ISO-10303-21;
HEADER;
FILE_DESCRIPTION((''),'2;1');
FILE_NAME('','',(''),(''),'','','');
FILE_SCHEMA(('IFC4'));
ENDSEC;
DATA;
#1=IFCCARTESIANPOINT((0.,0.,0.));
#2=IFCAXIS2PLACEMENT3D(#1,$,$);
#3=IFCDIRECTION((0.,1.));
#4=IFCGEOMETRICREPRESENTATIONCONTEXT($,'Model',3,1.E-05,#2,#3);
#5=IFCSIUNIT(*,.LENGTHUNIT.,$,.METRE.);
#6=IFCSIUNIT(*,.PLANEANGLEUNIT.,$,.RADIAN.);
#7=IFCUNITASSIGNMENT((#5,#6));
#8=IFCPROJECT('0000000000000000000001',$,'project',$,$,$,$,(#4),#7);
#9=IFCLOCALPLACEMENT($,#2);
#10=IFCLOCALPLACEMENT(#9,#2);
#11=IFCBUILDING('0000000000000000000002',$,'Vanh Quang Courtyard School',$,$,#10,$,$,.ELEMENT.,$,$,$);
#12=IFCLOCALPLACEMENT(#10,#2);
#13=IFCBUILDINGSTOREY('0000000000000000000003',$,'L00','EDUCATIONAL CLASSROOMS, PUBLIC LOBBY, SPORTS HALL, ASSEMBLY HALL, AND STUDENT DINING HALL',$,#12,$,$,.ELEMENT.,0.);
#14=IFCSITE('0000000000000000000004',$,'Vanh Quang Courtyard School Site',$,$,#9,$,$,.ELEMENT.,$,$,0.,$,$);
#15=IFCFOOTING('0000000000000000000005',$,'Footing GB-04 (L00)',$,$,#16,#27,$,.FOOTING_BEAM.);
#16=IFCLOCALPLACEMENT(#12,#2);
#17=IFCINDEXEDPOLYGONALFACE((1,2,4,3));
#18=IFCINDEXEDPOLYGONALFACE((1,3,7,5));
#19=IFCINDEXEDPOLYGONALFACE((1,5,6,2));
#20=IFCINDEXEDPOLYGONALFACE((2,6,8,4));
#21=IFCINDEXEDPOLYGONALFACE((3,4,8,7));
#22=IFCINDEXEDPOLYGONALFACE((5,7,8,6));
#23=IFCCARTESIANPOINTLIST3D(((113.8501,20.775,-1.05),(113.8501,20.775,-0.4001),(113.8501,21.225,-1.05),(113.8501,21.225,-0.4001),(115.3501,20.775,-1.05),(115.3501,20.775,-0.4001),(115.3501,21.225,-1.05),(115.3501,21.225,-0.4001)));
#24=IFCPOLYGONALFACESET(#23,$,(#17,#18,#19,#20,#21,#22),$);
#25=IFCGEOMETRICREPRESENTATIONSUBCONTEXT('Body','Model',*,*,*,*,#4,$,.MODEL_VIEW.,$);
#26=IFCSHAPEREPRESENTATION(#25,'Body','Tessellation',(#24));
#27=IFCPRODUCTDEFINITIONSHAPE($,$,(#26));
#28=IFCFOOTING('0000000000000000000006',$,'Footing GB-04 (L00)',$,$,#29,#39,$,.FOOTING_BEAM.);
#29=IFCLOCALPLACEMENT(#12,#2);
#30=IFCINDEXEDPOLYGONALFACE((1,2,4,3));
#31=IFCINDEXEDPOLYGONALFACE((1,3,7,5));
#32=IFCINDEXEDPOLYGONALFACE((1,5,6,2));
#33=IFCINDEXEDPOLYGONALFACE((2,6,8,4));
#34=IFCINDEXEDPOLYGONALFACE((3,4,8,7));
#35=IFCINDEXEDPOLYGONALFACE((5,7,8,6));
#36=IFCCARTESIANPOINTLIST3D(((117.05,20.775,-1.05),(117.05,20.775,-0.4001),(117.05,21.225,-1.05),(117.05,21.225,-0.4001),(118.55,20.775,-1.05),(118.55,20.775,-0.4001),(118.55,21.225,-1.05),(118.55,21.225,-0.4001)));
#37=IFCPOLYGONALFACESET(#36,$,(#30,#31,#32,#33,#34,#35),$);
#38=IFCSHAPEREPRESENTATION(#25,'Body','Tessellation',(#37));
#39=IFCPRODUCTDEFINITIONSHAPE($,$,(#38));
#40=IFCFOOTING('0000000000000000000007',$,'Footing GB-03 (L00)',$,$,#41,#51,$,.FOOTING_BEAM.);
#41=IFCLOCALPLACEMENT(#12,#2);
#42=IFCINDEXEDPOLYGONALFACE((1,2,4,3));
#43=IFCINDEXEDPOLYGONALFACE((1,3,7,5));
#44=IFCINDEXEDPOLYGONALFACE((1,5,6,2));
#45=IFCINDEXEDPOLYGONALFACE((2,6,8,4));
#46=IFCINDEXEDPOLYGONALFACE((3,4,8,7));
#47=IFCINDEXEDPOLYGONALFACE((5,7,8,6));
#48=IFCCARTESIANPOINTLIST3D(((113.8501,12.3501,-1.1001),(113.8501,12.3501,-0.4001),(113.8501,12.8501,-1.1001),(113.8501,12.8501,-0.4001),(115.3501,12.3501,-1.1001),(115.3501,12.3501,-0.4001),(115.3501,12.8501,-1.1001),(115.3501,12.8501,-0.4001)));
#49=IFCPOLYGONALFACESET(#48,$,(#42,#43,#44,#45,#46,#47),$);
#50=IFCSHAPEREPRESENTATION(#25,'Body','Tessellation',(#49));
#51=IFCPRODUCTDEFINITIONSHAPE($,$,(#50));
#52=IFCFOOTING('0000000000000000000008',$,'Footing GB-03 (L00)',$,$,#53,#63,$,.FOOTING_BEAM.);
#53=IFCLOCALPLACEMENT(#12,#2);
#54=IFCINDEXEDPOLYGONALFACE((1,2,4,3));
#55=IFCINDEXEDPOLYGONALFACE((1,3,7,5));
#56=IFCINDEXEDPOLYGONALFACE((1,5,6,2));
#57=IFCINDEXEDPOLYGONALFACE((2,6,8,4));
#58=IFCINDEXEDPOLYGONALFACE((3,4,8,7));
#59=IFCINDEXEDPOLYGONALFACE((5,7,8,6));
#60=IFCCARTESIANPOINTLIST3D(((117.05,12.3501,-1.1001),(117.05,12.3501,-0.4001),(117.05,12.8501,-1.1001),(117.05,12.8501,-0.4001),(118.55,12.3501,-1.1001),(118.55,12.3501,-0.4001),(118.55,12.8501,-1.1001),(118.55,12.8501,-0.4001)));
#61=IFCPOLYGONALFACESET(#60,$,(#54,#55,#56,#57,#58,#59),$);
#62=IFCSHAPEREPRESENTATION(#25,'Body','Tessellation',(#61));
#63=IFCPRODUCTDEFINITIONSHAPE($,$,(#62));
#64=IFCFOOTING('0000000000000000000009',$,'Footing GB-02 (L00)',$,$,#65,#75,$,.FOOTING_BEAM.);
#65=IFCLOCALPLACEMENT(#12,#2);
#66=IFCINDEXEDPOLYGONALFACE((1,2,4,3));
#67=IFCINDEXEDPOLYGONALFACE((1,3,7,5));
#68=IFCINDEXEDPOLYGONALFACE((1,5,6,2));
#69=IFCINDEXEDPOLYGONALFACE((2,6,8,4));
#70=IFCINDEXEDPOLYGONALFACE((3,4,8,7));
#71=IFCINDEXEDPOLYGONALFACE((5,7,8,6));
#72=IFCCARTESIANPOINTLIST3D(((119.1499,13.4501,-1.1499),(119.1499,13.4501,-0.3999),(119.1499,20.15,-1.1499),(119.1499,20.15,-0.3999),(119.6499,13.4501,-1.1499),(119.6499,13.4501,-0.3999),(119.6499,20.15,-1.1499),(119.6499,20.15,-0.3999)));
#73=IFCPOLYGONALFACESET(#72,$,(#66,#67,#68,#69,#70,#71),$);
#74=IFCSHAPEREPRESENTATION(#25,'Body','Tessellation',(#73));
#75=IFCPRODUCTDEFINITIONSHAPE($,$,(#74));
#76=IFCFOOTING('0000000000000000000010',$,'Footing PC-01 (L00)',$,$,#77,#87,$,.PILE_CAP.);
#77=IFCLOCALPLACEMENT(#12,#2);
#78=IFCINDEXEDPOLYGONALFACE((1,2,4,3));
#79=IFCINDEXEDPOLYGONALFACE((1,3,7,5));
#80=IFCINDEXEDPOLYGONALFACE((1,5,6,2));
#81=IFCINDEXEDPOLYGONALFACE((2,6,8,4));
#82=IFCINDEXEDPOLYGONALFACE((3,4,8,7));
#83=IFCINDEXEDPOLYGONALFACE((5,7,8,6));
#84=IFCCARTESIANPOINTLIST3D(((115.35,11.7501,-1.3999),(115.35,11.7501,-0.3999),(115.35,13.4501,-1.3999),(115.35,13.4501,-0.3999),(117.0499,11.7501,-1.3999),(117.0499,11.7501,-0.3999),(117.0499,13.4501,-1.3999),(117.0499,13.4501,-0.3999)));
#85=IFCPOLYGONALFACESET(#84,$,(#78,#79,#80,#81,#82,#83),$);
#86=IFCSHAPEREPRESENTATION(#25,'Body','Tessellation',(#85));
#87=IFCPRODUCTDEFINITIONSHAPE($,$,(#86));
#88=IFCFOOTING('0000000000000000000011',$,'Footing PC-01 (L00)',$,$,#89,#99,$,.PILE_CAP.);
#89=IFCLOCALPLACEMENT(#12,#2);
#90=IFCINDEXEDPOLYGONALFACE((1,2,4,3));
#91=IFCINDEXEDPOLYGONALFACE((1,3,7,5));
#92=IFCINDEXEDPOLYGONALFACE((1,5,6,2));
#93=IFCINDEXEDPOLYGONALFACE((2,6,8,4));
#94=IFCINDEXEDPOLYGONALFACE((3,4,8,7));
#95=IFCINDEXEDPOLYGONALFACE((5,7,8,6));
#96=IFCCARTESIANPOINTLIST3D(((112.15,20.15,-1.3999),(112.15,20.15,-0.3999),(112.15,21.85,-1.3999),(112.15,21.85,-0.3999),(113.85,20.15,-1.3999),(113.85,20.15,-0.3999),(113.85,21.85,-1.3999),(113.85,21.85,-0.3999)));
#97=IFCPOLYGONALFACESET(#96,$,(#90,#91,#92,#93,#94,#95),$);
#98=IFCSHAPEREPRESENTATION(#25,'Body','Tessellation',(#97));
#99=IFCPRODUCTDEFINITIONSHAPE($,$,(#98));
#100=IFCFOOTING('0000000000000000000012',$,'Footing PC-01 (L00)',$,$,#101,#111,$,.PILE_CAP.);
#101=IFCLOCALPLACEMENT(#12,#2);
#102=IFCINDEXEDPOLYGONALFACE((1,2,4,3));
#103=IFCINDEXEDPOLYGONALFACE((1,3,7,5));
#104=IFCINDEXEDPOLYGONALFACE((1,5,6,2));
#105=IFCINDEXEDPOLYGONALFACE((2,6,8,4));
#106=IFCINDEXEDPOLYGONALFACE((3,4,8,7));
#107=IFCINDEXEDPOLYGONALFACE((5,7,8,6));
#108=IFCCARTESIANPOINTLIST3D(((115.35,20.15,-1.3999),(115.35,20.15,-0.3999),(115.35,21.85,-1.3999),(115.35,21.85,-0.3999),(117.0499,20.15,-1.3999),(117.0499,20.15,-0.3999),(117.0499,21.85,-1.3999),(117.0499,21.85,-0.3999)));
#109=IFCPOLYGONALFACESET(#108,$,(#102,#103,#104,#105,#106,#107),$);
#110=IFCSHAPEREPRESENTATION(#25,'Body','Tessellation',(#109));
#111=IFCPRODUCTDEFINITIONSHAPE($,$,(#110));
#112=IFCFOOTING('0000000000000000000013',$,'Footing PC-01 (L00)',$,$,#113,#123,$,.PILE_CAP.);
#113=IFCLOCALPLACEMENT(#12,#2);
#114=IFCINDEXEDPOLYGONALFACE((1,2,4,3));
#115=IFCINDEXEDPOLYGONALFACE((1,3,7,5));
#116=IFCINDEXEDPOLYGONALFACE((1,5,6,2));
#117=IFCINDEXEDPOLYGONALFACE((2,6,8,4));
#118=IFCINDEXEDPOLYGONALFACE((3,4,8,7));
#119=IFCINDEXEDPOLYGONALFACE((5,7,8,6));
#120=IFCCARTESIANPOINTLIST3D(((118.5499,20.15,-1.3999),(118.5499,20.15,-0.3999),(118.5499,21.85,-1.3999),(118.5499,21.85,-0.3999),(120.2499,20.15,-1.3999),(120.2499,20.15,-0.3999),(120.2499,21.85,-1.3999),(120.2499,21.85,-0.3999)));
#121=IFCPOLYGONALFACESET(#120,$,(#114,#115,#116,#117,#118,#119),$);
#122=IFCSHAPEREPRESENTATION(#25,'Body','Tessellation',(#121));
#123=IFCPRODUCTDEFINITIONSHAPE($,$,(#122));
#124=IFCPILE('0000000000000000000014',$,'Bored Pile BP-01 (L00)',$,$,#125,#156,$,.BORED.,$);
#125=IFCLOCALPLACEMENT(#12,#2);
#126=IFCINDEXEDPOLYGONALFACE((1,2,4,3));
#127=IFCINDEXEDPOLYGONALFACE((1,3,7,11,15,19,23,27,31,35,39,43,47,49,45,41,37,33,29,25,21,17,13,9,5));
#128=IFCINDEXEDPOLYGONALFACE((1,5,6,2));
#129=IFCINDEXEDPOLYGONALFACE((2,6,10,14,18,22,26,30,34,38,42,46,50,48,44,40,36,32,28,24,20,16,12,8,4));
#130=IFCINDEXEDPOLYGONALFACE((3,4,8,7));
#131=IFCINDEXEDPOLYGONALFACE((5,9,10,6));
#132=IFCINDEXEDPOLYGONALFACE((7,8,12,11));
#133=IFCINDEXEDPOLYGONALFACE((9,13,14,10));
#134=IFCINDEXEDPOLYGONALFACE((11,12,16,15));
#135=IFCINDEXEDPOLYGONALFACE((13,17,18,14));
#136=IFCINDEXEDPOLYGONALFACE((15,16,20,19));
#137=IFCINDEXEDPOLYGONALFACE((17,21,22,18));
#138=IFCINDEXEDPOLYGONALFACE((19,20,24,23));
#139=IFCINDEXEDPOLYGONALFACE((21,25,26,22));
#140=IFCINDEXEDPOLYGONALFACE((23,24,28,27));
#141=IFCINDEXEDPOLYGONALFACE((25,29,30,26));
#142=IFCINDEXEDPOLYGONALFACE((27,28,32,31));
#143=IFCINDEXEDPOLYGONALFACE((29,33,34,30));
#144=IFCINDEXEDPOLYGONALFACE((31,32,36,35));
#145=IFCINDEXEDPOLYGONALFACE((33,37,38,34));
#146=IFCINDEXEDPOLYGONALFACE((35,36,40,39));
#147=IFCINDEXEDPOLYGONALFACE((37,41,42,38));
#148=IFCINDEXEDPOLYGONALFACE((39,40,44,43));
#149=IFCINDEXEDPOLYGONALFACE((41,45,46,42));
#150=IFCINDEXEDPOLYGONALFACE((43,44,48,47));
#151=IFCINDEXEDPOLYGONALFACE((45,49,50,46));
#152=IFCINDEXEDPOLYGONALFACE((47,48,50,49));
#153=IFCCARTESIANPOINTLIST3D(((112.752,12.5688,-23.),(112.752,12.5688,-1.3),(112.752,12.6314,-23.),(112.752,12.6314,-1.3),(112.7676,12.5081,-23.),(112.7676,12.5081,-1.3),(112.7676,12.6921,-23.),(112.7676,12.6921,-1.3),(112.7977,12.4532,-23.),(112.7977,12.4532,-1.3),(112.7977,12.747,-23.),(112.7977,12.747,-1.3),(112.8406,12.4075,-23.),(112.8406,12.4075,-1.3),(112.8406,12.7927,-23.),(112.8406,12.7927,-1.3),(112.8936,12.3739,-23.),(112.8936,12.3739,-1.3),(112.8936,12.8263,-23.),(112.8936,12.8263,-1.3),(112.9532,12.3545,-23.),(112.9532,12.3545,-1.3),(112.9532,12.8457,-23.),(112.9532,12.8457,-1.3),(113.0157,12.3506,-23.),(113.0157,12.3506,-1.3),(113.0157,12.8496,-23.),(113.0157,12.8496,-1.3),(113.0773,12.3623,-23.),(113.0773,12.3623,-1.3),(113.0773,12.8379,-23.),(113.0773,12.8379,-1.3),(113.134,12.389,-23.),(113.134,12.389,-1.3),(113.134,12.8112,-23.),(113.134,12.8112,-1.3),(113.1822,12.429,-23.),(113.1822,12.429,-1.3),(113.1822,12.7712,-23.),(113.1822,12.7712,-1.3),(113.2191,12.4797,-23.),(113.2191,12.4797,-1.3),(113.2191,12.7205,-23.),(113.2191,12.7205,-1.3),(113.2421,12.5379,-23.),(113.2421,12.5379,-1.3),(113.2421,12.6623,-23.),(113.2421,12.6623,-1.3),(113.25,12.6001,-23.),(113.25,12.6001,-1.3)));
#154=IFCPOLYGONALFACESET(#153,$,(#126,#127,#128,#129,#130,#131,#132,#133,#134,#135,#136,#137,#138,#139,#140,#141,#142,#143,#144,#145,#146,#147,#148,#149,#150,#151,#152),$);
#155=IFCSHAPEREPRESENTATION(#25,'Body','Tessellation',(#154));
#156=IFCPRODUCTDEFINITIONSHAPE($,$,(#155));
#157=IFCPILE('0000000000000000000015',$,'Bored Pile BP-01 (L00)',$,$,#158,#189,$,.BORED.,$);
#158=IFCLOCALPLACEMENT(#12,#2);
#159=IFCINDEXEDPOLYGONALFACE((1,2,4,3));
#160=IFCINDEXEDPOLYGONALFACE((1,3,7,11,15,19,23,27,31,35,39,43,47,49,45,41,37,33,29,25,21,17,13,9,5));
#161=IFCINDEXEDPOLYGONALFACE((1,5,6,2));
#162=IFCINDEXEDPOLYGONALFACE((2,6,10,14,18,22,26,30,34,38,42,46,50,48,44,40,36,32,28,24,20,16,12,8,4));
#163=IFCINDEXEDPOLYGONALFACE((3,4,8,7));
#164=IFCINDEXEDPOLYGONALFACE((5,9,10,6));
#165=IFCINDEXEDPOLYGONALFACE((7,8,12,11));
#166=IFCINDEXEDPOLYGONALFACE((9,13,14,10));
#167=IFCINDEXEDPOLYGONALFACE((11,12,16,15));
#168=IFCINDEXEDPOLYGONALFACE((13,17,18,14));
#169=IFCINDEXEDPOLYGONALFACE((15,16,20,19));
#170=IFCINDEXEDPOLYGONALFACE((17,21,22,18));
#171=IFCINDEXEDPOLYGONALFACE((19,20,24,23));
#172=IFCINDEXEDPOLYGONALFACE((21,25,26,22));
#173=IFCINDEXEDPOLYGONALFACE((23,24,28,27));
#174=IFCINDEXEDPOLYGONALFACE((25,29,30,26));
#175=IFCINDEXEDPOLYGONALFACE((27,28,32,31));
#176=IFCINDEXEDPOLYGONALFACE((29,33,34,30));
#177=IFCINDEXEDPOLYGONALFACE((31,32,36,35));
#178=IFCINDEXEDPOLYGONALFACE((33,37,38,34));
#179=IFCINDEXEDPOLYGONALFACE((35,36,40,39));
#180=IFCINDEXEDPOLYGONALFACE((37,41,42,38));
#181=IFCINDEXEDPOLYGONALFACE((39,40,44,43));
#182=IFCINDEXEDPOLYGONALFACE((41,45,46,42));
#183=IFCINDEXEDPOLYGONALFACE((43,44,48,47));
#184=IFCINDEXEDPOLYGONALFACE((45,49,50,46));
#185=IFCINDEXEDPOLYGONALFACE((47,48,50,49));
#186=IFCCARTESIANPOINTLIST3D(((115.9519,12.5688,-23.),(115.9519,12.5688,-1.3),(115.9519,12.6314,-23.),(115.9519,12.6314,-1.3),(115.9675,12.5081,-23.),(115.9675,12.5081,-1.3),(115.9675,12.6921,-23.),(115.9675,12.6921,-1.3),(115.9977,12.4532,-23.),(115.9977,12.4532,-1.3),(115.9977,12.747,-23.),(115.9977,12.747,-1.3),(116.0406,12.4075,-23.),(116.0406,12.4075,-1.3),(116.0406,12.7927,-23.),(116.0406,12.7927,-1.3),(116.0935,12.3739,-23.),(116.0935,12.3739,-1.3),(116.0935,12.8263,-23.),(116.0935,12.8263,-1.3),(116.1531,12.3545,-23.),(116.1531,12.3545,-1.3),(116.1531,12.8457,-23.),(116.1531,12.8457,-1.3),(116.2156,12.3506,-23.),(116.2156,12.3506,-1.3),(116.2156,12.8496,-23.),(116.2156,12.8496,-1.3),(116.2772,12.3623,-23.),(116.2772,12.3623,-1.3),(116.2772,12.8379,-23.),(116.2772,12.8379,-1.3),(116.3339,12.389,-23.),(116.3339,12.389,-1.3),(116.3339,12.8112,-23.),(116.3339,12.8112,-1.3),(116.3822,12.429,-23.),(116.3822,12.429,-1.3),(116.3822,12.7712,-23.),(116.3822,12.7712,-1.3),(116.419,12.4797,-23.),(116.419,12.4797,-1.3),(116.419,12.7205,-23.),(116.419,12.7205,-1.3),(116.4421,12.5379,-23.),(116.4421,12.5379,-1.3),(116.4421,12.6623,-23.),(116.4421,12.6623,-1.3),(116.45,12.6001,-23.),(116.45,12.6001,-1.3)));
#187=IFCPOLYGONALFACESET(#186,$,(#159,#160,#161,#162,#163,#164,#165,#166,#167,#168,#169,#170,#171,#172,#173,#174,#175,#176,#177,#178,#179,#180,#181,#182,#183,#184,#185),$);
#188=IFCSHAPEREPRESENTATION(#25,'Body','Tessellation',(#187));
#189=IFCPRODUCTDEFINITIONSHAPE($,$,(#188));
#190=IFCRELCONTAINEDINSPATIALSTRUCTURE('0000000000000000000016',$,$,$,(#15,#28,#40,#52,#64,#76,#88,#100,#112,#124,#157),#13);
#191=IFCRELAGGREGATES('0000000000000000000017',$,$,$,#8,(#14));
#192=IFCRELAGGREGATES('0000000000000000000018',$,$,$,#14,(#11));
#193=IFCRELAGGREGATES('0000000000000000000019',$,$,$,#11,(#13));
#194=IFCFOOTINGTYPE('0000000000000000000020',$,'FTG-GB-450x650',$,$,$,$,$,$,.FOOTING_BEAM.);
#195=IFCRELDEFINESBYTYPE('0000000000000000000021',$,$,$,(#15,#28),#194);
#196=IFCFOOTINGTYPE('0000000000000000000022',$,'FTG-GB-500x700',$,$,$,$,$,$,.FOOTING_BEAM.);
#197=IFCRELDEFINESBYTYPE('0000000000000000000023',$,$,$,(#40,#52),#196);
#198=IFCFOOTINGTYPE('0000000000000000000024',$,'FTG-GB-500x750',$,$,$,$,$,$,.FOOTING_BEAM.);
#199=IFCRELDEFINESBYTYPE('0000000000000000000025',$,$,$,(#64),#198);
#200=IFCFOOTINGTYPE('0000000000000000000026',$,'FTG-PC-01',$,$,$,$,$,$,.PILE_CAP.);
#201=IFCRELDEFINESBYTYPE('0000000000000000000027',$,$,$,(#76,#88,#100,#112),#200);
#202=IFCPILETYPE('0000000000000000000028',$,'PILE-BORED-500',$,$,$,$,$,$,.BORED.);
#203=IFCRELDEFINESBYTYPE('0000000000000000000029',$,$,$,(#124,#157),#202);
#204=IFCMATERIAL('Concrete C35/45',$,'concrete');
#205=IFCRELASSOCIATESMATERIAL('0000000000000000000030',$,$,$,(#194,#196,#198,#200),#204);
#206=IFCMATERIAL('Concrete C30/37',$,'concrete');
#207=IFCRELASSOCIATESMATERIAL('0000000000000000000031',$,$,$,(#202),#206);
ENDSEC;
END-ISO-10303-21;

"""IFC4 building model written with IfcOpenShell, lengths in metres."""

from ifc_helpers import new_model, si_unit, direction, frame, origin, origin_2d, place, context, subcontext, project, spatial, rectangle, circle, extrude, material, material_profile, profile_set, type_object, element, save


model = new_model("IFC4")

# Units and contexts
model_context = context("Model", 3, precision=1e-05, world=origin(), true_north=direction((0.0, 1.0)))
body_context = subcontext(model_context, "Body", "Model", "MODEL_VIEW")
ifc_project = project(units=[si_unit("LENGTHUNIT", "METRE"), si_unit("PLANEANGLEUNIT", "RADIAN")], contexts=[model_context])

# Site, building, storey
site_placement = place(None, origin())
site = spatial("IfcSite", under=ifc_project, at=site_placement, Name="Vanh Quang Courtyard School Site", CompositionType="ELEMENT", RefElevation=0.0)
building_placement = place(site_placement, origin())
building = spatial("IfcBuilding", under=site, at=building_placement, Name="Vanh Quang Courtyard School", CompositionType="ELEMENT")
storey_placement = place(building_placement, origin())
storey = spatial("IfcBuildingStorey", under=building, at=storey_placement, Name="L00", Description="EDUCATIONAL CLASSROOMS, PUBLIC LOBBY, SPORTS HALL, ASSEMBLY HALL, AND STUDENT DINING HALL", CompositionType="ELEMENT", Elevation=0.0)

# Footings
ifc_material_1 = material(Name="Concrete C35/45", Category="concrete")
footing_type_1 = type_object("IfcFootingType", Name="FTG-GB-450x650", PredefinedType="FOOTING_BEAM", material=ifc_material_1)
for number, where, z_axis, x_axis, name in (
    (1, (114.6001, 21.0, -1.05), (0.0, 0.0, 1.0), (1.0, 0.0, 0.0), "Footing GB-04 (L00)"),
    (2, (117.8, 21.0, -1.05), (0.0, 0.0, 1.0), (1.0, 0.0, 0.0), "Footing GB-04 (L00)"),
):
    element("IfcFooting", number, at=place(storey_placement, frame(where, z_axis=z_axis, x_axis=x_axis)), inside=storey, type_object=footing_type_1, Name=name, PredefinedType="FOOTING_BEAM", context=body_context, shape_type="SweptSolid", body=[
        extrude(rectangle(XDim=1.5, YDim=0.45, at=origin_2d()), origin(), (0.0, 0.0, 1.0), 0.6499),
    ])
footing_type_2 = type_object("IfcFootingType", Name="FTG-GB-500x700", PredefinedType="FOOTING_BEAM", material=ifc_material_1)
for number, where, z_axis, x_axis, name in (
    (3, (114.6001, 12.6001, -1.1001), (0.0, 0.0, 1.0), (1.0, 0.0, 0.0), "Footing GB-03 (L00)"),
    (4, (117.8, 12.6001, -1.1001), (0.0, 0.0, 1.0), (1.0, 0.0, 0.0), "Footing GB-03 (L00)"),
):
    element("IfcFooting", number, at=place(storey_placement, frame(where, z_axis=z_axis, x_axis=x_axis)), inside=storey, type_object=footing_type_2, Name=name, PredefinedType="FOOTING_BEAM", context=body_context, shape_type="SweptSolid", body=[
        extrude(rectangle(XDim=1.5, YDim=0.5, at=origin_2d()), origin(), (0.0, 0.0, 1.0), 0.7),
    ])
footing_type_3 = type_object("IfcFootingType", Name="FTG-GB-500x750", PredefinedType="FOOTING_BEAM", material=ifc_material_1)
footing_placement = place(storey_placement, frame((119.3999, 16.8, -1.1499), z_axis=(0.0, 0.0, 1.0), x_axis=(0.0, 1.0, 0.0)))
element("IfcFooting", 5, at=footing_placement, inside=storey, type_object=footing_type_3, Name="Footing GB-02 (L00)", PredefinedType="FOOTING_BEAM", context=body_context, shape_type="SweptSolid", body=[
    extrude(rectangle(XDim=6.7, YDim=0.5, at=origin_2d()), origin(), (0.0, 0.0, 1.0), 0.75),
])
footing_type_4 = type_object("IfcFootingType", Name="FTG-PC-01", PredefinedType="PILE_CAP", material=ifc_material_1)
for number, where, z_axis, x_axis, name in (
    (6, (116.2, 12.6001, -1.3999), (0.0, 0.0, 1.0), (1.0, 0.0, 0.0), "Footing PC-01 (L00)"),
    (7, (113.0, 21.0, -1.3999), (0.0, 0.0, 1.0), (1.0, 0.0, 0.0), "Footing PC-01 (L00)"),
    (8, (116.2, 21.0, -1.3999), (0.0, 0.0, 1.0), (1.0, 0.0, 0.0), "Footing PC-01 (L00)"),
    (9, (119.3999, 21.0, -1.3999), (0.0, 0.0, 1.0), (1.0, 0.0, 0.0), "Footing PC-01 (L00)"),
):
    element("IfcFooting", number, at=place(storey_placement, frame(where, z_axis=z_axis, x_axis=x_axis)), inside=storey, type_object=footing_type_4, Name=name, PredefinedType="PILE_CAP", context=body_context, shape_type="SweptSolid", body=[
        extrude(rectangle(XDim=1.7, YDim=1.7, at=origin_2d()), origin(), (0.0, 0.0, 1.0), 1.0),
    ])

# Piles
ifc_material_2 = material(Name="Concrete C30/37", Category="concrete")
ifc_material_profile_1 = material_profile(ifc_material_2, circle(Radius=0.25, at=origin_2d()), Name="PILE D500")
ifc_profile_set_1 = profile_set([ifc_material_profile_1], Name="Concrete C30/37")
pile_type = type_object("IfcPileType", Name="PILE-BORED-500", PredefinedType="BORED", material=ifc_profile_set_1)
for number, where, z_axis, x_axis, name in (
    (10, (113.0, 12.6001, -1.3), (0.0, 0.0, -1.0), (1.0, 0.0, 0.0), "Bored Pile BP-01 (L00)"),
    (11, (116.2, 12.6001, -1.3), (0.0, 0.0, -1.0), (1.0, 0.0, 0.0), "Bored Pile BP-01 (L00)"),
):
    element("IfcPile", number, at=place(storey_placement, frame(where, z_axis=z_axis, x_axis=x_axis)), inside=storey, type_object=pile_type, Name=name, PredefinedType="BORED", context=body_context, shape_type="SweptSolid", body=[
        extrude(circle(Radius=0.25, at=origin_2d()), origin(), (0.0, 0.0, 1.0), 21.7),
    ])

save(model, "model.ifc")
